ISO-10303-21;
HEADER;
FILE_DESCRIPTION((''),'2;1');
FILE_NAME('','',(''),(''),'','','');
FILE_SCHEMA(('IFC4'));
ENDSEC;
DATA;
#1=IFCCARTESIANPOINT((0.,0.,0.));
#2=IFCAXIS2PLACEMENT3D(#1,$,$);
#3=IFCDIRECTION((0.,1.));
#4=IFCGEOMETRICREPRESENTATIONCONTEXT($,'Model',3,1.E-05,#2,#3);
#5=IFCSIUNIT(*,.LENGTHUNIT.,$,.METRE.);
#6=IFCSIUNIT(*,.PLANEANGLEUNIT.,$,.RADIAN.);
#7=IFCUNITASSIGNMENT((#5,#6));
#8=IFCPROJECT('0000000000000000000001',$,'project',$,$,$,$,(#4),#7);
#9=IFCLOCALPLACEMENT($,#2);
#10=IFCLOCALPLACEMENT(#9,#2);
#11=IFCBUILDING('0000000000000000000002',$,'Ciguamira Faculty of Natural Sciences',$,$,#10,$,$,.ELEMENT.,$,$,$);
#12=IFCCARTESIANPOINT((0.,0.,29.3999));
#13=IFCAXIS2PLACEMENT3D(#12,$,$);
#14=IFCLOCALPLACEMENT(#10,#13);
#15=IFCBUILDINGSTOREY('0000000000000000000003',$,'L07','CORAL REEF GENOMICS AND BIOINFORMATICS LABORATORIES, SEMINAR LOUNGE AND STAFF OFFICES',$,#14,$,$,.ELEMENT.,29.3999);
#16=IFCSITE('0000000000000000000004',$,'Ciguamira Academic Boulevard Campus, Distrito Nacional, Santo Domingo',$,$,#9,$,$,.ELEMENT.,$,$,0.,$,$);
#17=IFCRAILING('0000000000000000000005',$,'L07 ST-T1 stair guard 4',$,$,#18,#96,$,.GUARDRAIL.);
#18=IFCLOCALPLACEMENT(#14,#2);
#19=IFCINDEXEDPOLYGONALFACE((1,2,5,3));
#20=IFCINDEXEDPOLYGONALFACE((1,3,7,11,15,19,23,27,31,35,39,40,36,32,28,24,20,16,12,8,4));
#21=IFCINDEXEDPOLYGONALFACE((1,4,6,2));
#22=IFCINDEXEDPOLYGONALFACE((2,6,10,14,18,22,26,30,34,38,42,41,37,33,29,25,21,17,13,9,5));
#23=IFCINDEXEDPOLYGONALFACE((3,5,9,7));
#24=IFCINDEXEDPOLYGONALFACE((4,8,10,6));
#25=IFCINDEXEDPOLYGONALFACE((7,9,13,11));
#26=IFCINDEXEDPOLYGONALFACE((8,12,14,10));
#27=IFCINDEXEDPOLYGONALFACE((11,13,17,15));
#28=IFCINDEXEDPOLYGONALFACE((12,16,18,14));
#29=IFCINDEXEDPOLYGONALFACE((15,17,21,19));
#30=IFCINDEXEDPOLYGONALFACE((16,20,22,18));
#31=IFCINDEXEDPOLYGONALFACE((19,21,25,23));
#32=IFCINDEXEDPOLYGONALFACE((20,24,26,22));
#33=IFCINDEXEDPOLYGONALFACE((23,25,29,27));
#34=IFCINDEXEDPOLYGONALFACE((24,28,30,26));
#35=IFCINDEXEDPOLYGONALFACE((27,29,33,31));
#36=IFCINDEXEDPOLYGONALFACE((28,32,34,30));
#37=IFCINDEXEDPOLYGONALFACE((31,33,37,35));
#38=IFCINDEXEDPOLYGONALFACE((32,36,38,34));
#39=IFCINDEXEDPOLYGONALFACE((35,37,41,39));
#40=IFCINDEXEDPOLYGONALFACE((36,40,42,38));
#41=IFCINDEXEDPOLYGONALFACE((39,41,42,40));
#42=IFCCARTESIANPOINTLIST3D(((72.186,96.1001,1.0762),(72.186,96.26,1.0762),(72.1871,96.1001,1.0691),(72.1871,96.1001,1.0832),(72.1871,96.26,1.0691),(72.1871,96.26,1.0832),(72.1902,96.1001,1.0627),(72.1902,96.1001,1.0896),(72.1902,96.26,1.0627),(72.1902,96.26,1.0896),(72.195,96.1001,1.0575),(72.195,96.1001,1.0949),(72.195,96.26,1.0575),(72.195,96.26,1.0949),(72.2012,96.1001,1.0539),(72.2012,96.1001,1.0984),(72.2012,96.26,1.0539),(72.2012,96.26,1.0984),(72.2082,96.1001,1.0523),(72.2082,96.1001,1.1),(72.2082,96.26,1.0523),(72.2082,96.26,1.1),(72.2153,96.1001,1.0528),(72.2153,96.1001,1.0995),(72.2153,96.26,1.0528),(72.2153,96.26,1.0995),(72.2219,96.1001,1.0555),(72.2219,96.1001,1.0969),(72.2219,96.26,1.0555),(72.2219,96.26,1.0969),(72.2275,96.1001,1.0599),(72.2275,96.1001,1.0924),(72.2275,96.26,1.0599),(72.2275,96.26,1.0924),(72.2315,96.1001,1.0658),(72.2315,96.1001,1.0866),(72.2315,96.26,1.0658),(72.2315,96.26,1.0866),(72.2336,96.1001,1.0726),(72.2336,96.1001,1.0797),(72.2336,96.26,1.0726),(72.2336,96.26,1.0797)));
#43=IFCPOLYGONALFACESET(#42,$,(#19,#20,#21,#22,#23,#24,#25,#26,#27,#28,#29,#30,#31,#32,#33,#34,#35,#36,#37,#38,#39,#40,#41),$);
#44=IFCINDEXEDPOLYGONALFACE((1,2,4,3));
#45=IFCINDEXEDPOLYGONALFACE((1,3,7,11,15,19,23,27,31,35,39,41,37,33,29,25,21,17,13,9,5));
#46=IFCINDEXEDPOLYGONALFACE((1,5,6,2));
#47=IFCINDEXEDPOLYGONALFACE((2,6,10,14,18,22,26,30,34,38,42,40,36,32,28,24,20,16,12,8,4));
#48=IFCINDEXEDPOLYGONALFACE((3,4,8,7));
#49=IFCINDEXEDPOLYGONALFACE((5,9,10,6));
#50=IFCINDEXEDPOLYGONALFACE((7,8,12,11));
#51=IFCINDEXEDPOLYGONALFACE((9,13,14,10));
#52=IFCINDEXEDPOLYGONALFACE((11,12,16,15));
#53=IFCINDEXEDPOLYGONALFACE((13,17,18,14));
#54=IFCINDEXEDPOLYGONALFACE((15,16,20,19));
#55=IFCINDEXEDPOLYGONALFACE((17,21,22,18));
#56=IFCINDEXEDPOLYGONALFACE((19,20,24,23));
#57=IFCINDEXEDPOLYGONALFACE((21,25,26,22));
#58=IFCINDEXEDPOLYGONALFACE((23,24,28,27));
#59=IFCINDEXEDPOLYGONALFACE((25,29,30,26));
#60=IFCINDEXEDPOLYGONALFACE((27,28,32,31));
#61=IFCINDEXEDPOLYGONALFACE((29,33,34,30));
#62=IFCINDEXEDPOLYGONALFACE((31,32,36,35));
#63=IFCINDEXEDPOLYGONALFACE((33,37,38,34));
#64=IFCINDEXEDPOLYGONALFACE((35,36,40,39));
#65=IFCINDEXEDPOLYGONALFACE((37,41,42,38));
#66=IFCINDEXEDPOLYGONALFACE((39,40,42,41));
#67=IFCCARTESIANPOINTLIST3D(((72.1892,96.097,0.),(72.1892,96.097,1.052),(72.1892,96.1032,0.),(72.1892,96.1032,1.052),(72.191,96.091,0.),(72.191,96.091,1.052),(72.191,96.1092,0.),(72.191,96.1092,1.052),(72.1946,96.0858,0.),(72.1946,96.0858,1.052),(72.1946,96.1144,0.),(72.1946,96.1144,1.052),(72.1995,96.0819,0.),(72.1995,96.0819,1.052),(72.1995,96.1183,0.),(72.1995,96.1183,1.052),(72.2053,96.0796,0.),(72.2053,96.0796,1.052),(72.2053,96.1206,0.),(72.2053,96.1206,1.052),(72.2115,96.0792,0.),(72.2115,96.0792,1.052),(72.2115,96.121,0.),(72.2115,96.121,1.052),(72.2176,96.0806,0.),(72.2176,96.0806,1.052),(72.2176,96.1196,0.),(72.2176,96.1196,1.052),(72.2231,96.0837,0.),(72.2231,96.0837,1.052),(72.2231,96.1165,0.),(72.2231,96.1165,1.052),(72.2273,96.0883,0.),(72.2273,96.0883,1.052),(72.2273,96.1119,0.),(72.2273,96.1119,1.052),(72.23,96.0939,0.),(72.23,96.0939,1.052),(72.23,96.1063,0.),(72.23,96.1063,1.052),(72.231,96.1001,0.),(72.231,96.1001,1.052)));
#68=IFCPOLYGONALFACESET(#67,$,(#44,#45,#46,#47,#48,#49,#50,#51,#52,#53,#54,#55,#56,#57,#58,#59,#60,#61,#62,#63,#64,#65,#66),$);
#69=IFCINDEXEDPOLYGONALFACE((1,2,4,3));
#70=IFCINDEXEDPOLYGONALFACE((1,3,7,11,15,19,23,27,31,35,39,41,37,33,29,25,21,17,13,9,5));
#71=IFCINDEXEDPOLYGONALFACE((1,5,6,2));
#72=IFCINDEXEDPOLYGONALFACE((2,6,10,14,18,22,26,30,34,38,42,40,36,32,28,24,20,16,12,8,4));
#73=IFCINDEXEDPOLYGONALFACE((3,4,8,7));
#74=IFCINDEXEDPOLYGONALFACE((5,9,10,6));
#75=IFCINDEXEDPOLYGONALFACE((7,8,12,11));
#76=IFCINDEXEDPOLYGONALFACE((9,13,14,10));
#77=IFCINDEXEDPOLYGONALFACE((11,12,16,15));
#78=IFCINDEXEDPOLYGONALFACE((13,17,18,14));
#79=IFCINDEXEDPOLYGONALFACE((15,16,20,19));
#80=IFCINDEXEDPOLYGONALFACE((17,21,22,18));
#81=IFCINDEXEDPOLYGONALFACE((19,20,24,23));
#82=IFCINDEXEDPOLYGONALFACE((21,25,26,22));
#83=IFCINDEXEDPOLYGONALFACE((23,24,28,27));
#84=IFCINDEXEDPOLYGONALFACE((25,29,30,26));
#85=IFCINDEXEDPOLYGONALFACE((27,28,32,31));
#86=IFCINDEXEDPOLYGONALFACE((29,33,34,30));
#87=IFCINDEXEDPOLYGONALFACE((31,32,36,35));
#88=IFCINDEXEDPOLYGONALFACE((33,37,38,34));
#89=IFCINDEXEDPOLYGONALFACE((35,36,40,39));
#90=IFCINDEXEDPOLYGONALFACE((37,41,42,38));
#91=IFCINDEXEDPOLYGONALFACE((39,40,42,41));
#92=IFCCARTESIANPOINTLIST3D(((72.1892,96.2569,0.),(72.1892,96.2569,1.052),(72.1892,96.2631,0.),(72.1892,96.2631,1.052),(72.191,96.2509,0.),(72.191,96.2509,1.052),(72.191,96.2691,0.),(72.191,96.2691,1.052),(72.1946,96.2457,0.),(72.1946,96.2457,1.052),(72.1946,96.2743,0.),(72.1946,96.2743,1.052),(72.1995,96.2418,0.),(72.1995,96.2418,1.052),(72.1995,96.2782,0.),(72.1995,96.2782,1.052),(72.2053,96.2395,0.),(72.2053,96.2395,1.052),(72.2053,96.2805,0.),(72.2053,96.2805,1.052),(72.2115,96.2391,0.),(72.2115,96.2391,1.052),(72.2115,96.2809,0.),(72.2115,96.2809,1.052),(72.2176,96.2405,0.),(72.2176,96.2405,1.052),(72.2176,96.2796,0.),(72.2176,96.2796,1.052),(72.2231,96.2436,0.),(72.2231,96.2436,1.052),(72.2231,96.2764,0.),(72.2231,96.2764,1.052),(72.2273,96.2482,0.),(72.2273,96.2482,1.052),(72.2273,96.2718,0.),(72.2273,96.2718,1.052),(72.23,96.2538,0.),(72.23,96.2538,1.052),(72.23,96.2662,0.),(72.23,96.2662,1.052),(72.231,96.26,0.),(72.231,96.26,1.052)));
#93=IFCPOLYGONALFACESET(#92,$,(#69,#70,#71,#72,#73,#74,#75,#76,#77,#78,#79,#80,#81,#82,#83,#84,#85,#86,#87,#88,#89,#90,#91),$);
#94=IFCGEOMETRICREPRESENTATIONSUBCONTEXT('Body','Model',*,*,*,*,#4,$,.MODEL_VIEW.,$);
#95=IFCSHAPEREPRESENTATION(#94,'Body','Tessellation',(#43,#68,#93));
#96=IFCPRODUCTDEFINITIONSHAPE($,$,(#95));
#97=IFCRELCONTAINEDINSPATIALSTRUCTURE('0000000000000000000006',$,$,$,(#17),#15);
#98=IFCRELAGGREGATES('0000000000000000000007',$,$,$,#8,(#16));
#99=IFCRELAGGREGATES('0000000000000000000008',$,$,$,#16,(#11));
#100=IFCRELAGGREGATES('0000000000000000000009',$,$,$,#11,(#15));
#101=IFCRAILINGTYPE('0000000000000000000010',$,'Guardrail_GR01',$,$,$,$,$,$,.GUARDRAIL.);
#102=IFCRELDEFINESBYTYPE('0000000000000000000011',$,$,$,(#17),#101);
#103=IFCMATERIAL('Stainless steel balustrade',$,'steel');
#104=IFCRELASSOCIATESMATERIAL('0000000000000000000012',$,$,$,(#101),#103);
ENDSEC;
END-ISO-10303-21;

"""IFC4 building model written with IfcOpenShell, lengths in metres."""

from ifc_helpers import new_model, si_unit, direction, frame, origin, origin_2d, place, context, subcontext, project, spatial, circle, extrude, material, type_object, element, save


model = new_model("IFC4")

# Units and contexts
model_context = context("Model", 3, precision=1e-05, world=origin(), true_north=direction((0.0, 1.0)))
body_context = subcontext(model_context, "Body", "Model", "MODEL_VIEW")
ifc_project = project(units=[si_unit("LENGTHUNIT", "METRE"), si_unit("PLANEANGLEUNIT", "RADIAN")], contexts=[model_context])

# Site, building, storey
site_placement = place(None, origin())
site = spatial("IfcSite", under=ifc_project, at=site_placement, Name="Ciguamira Academic Boulevard Campus, Distrito Nacional, Santo Domingo", CompositionType="ELEMENT", RefElevation=0.0)
building_placement = place(site_placement, origin())
building = spatial("IfcBuilding", under=site, at=building_placement, Name="Ciguamira Faculty of Natural Sciences", CompositionType="ELEMENT")
storey_placement = place(building_placement, frame((0.0, 0.0, 29.3999)))
storey = spatial("IfcBuildingStorey", under=building, at=storey_placement, Name="L07", Description="CORAL REEF GENOMICS AND BIOINFORMATICS LABORATORIES, SEMINAR LOUNGE AND STAFF OFFICES", CompositionType="ELEMENT", Elevation=29.3999)

# Railing
ifc_material_1 = material(Name="Stainless steel balustrade", Category="steel")
railing_type_1 = type_object("IfcRailingType", Name="Guardrail_GR01", PredefinedType="GUARDRAIL", material=ifc_material_1)
railing_1_placement = place(storey_placement, frame((72.21, 96.1001, 0.0)))
element("IfcRailing", 1, at=railing_1_placement, inside=storey, type_object=railing_type_1, Name="L07 ST-T1 stair guard 4", PredefinedType="GUARDRAIL", context=body_context, shape_type="SweptSolid", body=[
    extrude(circle(Radius=0.0239, at=origin_2d()), frame((0.0, 0.0, 1.0762), z_axis=(0.0, 1.0, 0.0), x_axis=(-1.0, 0.0, 0.0)), (0.0, 0.0, 1.0), 0.1599),
    extrude(circle(Radius=0.021, at=origin_2d()), origin(), (0.0, 0.0, 1.0), 1.052),
    extrude(circle(Radius=0.021, at=origin_2d()), frame((0.0, 0.1599, 0.0)), (0.0, 0.0, 1.0), 1.052),
])

save(model, "model.ifc")
